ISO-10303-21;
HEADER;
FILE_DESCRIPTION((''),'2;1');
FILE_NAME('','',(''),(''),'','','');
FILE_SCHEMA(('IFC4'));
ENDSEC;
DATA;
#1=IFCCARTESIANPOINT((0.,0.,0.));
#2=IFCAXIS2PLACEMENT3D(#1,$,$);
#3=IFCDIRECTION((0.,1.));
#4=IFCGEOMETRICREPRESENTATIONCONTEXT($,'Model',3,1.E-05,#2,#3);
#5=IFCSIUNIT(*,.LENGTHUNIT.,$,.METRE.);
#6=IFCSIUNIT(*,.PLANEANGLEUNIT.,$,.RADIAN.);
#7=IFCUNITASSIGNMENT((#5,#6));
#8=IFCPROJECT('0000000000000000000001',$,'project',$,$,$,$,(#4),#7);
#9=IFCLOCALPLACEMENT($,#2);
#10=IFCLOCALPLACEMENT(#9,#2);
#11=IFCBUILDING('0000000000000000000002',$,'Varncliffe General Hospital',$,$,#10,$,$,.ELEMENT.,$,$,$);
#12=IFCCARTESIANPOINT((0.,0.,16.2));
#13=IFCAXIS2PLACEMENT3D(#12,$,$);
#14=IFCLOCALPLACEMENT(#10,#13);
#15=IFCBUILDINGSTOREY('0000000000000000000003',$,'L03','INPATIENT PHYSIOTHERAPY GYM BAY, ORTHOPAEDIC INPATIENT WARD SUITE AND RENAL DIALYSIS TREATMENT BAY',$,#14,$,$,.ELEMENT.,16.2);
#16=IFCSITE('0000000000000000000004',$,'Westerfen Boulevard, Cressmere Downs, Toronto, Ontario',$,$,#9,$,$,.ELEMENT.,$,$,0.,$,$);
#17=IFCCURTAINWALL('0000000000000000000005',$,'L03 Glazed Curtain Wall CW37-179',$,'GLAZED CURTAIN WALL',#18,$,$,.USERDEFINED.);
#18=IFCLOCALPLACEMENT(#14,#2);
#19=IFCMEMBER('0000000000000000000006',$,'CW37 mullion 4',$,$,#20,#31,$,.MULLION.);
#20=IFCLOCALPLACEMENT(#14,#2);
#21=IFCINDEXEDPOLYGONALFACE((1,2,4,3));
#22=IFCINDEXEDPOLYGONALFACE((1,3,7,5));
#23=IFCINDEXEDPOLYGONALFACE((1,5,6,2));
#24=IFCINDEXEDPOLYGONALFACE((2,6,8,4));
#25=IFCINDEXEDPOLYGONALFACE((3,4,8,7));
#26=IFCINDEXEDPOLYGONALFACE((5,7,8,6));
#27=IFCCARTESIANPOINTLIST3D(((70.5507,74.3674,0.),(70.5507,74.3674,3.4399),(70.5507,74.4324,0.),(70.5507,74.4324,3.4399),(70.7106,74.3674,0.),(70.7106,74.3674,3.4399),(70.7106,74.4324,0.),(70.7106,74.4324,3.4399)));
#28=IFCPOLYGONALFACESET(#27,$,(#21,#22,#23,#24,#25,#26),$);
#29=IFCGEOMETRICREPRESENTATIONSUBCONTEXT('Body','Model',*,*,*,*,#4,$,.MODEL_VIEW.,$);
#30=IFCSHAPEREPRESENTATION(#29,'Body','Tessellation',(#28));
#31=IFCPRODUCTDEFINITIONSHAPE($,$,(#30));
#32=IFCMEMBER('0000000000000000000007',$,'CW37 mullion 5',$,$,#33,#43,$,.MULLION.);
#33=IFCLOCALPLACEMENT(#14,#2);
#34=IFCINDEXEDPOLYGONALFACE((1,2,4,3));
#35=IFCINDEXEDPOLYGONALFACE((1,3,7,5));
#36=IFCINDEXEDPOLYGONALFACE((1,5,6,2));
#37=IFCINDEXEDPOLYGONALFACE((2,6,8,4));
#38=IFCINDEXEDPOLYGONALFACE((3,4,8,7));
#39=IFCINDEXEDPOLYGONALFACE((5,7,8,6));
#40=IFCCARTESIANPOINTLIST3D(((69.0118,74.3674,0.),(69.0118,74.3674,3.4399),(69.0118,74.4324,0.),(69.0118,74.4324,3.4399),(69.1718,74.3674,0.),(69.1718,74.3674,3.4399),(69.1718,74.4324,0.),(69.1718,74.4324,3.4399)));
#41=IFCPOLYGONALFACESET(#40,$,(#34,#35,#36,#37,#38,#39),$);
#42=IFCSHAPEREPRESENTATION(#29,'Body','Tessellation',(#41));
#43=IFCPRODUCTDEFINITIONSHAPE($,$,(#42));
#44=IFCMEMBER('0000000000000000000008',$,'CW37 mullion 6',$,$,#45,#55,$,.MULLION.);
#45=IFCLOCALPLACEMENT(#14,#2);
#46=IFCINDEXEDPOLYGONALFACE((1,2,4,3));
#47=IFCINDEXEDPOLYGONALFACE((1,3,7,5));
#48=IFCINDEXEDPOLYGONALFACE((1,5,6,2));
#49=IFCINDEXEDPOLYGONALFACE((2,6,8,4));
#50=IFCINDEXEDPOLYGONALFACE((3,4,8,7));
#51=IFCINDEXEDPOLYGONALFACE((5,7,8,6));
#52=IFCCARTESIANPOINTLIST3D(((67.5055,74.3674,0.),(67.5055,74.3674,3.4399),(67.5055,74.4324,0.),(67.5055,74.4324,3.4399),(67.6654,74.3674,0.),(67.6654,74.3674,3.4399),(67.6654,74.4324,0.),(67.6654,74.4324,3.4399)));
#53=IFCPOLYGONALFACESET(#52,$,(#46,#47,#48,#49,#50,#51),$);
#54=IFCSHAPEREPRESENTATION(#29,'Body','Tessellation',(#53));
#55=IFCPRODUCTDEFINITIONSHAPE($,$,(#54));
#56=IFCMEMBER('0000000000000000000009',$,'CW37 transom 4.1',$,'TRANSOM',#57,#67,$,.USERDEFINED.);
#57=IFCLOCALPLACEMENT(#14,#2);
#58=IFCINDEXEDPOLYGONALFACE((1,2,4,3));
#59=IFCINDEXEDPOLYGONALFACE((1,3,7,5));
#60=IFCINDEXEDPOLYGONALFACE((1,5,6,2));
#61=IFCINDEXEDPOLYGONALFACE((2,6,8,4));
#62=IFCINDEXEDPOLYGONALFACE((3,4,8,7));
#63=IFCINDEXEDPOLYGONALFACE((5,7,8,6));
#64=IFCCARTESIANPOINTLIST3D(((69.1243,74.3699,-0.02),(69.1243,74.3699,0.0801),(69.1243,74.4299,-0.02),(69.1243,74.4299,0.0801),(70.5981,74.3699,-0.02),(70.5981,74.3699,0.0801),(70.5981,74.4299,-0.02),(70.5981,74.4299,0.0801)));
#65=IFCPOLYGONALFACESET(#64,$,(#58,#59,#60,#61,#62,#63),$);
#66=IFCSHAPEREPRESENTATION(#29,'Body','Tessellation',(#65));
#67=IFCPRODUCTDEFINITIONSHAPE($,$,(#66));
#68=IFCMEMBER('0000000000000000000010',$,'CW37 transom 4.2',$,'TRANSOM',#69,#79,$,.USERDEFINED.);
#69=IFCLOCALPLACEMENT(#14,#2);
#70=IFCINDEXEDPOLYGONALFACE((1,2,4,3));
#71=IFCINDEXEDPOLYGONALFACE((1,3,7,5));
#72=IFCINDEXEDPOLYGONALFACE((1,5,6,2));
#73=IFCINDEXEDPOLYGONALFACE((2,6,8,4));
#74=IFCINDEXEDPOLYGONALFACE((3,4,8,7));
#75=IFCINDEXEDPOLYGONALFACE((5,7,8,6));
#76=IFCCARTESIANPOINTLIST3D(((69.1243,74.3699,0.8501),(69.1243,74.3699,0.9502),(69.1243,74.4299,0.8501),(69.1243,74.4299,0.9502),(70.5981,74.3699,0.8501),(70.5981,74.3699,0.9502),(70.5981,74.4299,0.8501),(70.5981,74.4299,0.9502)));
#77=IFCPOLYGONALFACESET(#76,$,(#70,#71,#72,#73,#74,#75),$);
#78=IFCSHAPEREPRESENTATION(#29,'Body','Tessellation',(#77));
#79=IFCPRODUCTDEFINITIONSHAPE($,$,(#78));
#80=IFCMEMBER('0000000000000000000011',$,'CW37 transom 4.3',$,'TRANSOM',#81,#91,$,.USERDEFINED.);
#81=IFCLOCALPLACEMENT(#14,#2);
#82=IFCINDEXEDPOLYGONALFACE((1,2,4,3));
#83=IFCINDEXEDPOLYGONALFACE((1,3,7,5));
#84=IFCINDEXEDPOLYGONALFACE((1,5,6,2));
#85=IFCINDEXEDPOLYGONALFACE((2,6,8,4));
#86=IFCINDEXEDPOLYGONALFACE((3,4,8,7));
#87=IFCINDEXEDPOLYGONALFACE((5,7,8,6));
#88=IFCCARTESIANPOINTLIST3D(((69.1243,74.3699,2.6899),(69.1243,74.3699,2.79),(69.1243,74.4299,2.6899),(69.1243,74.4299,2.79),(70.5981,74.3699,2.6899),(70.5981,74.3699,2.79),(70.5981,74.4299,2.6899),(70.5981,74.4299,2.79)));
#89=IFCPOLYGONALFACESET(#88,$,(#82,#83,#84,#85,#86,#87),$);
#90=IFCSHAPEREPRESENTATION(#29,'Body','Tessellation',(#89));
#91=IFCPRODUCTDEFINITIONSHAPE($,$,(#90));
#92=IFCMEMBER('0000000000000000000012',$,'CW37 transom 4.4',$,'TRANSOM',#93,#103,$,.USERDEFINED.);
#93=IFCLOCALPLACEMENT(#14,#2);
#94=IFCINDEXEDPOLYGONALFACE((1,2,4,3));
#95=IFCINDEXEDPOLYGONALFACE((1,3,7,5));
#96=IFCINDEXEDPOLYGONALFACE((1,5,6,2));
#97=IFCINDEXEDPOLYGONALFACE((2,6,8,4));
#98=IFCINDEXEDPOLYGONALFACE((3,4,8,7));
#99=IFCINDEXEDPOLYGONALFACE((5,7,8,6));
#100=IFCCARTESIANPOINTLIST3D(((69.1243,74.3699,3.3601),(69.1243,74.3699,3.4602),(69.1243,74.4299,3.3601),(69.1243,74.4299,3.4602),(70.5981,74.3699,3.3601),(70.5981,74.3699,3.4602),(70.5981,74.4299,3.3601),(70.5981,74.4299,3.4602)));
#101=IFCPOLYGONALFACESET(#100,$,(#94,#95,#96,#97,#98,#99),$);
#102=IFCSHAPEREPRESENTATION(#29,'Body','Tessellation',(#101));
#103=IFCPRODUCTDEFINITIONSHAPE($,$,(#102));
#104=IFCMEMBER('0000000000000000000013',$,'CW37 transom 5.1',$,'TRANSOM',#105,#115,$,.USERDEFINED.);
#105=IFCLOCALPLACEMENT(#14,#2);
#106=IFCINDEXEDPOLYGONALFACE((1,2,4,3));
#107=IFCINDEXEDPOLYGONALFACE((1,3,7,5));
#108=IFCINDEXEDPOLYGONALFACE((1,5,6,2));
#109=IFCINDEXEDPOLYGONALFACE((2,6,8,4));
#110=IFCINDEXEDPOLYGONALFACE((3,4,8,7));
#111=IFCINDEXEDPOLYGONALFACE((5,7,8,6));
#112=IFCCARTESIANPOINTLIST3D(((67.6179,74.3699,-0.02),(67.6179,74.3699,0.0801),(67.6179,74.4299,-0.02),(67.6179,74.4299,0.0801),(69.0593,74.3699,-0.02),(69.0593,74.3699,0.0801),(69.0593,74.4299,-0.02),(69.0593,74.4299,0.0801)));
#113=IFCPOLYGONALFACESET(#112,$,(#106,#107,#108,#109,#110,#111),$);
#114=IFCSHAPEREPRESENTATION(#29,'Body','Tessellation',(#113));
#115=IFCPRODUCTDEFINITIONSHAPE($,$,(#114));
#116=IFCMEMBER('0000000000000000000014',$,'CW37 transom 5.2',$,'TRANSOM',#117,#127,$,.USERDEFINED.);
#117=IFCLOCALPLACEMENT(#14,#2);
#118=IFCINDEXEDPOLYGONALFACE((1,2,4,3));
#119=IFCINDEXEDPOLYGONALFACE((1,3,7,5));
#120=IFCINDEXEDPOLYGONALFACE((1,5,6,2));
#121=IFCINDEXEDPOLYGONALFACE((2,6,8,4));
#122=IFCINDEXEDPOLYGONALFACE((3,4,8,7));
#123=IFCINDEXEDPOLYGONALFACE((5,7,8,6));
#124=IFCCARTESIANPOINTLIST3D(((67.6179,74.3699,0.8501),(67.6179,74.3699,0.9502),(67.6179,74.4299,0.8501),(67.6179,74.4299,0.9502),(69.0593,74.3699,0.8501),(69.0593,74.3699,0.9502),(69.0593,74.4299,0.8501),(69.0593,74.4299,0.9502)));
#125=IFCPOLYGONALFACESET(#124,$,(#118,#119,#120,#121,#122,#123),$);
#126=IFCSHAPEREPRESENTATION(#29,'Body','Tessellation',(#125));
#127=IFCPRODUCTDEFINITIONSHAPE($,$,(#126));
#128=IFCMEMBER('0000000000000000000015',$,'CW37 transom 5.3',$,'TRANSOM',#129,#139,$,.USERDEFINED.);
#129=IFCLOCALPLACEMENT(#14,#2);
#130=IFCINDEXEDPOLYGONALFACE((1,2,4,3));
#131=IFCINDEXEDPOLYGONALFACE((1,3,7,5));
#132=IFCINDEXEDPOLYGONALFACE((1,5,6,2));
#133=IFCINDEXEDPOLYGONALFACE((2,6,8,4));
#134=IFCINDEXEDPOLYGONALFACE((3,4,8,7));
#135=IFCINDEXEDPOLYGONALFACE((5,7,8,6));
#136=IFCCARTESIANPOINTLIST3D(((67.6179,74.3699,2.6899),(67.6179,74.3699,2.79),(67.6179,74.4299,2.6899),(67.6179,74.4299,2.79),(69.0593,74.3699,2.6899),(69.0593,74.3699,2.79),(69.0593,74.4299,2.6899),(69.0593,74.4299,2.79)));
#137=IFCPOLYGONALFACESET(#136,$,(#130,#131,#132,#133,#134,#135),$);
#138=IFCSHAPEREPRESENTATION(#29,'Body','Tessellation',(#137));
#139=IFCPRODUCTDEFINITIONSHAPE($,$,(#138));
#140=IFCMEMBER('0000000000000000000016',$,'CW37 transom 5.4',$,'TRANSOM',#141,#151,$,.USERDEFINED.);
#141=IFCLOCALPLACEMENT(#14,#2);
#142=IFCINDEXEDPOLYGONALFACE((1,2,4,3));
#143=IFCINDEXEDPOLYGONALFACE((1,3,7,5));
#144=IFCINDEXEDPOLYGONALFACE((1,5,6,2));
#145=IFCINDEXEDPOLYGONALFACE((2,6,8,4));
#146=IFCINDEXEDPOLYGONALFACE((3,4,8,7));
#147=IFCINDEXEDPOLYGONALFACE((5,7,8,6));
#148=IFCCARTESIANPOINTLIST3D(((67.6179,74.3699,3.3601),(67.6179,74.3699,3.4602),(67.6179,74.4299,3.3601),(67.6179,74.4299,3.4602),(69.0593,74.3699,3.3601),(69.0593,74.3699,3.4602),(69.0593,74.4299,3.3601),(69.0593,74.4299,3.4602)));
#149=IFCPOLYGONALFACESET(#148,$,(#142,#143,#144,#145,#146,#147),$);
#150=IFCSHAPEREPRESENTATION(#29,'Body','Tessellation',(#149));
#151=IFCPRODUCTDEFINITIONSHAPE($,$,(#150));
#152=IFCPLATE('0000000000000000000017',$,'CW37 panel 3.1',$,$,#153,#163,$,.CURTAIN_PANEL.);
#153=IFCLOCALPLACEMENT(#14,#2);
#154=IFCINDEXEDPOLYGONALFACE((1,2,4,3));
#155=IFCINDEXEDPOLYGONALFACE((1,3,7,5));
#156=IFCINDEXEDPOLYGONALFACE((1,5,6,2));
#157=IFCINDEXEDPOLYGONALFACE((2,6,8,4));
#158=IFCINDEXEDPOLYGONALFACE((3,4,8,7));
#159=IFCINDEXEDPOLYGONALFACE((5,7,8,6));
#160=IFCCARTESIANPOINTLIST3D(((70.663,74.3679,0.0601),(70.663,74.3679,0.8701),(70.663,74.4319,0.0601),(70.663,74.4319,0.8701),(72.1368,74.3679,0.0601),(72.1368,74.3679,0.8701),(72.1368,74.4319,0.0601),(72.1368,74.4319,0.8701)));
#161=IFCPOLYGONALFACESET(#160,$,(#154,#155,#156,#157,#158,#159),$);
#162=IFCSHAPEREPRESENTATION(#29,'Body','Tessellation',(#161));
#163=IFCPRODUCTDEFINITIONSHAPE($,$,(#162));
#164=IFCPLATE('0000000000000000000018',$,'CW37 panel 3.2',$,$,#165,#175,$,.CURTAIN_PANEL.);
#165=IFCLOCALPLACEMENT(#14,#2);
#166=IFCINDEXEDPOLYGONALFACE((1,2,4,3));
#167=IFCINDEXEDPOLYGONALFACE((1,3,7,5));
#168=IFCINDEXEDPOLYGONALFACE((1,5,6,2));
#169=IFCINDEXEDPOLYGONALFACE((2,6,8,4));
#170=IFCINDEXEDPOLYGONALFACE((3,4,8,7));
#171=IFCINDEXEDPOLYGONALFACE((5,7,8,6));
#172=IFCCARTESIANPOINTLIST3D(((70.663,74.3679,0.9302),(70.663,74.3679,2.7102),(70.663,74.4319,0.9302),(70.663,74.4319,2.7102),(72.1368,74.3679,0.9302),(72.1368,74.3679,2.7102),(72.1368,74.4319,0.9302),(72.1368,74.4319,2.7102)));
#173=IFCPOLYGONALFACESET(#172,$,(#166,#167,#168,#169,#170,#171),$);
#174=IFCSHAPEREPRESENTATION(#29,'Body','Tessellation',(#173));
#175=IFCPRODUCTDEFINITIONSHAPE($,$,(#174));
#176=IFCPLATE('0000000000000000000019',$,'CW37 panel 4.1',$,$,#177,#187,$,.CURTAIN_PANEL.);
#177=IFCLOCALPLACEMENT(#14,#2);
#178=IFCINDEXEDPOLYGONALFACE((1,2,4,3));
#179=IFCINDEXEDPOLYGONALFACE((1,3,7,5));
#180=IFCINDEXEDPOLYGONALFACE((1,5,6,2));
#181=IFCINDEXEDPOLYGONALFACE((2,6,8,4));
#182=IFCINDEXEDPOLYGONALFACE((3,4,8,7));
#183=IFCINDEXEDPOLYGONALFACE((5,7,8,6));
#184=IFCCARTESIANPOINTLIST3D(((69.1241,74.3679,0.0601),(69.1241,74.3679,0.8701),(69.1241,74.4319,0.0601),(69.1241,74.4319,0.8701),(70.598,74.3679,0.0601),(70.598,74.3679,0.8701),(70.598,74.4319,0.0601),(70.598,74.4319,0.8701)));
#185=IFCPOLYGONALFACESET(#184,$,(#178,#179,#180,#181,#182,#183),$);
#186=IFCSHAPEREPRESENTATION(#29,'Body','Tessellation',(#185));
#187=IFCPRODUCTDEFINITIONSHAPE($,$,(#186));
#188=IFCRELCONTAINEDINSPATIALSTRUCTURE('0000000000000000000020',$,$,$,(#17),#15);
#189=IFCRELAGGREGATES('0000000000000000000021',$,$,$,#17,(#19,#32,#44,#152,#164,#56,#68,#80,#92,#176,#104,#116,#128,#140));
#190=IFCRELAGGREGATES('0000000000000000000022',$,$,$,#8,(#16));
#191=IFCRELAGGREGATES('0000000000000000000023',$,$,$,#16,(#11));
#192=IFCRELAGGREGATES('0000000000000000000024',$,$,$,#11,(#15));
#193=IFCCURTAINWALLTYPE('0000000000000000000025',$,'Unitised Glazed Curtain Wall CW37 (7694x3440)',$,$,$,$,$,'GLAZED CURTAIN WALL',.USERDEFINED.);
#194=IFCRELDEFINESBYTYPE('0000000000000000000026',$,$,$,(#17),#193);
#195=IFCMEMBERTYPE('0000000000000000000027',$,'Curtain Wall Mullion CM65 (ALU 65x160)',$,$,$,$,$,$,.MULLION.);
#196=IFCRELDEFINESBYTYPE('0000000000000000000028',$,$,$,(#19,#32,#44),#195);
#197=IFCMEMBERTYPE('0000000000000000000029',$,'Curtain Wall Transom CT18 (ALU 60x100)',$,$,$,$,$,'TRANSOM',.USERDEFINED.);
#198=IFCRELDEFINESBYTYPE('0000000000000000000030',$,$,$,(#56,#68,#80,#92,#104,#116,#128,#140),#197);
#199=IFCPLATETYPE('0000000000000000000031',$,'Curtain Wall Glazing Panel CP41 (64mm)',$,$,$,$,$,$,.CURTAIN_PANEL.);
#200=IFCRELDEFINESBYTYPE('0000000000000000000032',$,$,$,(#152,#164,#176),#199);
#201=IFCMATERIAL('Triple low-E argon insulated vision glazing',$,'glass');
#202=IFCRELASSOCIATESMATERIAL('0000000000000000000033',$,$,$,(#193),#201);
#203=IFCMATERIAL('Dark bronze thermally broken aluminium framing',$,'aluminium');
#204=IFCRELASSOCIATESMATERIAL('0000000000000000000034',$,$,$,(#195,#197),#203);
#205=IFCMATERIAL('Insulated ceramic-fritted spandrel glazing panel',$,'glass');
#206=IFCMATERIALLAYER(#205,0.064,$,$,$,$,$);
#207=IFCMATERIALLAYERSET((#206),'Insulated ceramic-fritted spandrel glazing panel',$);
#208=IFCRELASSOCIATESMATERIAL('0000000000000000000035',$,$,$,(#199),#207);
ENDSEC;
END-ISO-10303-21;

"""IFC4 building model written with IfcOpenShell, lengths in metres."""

from ifc_helpers import new_model, si_unit, direction, frame, origin, origin_2d, place, context, subcontext, project, spatial, rectangle, extrude, material, layer, layer_set, material_profile, profile_set, type_object, element, aggregate, save


model = new_model("IFC4")

# Units and contexts
model_context = context("Model", 3, precision=1e-05, world=origin(), true_north=direction((0.0, 1.0)))
body_context = subcontext(model_context, "Body", "Model", "MODEL_VIEW")
ifc_project = project(units=[si_unit("LENGTHUNIT", "METRE"), si_unit("PLANEANGLEUNIT", "RADIAN")], contexts=[model_context])

# Site, building, storey
site_placement = place(None, origin())
site = spatial("IfcSite", under=ifc_project, at=site_placement, Name="Westerfen Boulevard, Cressmere Downs, Toronto, Ontario", CompositionType="ELEMENT", RefElevation=0.0)
building_placement = place(site_placement, origin())
building = spatial("IfcBuilding", under=site, at=building_placement, Name="Varncliffe General Hospital", CompositionType="ELEMENT")
storey_placement = place(building_placement, frame((0.0, 0.0, 16.2)))
storey = spatial("IfcBuildingStorey", under=building, at=storey_placement, Name="L03", Description="INPATIENT PHYSIOTHERAPY GYM BAY, ORTHOPAEDIC INPATIENT WARD SUITE AND RENAL DIALYSIS TREATMENT BAY", CompositionType="ELEMENT", Elevation=16.2)

# Curtain wall, members, plates
ifc_material_1 = material(Name="Triple low-E argon insulated vision glazing", Category="glass")
curtain_wall_type = type_object("IfcCurtainWallType", Name="Unitised Glazed Curtain Wall CW37 (7694x3440)", ElementType="GLAZED CURTAIN WALL", PredefinedType="USERDEFINED", material=ifc_material_1)
curtain_wall_placement = place(storey_placement, origin())
curtain_wall = element("IfcCurtainWall", 1, at=curtain_wall_placement, inside=storey, type_object=curtain_wall_type, Name="L03 Glazed Curtain Wall CW37-179", ObjectType="GLAZED CURTAIN WALL", PredefinedType="USERDEFINED")
ifc_material_2 = material(Name="Dark bronze thermally broken aluminium framing", Category="aluminium")
ifc_material_profile_1 = material_profile(ifc_material_2, rectangle(XDim=0.0649, YDim=0.1599, at=origin_2d()), Name="ALU 65x160")
ifc_profile_set_1 = profile_set([ifc_material_profile_1], Name="Dark bronze thermally broken aluminium framing")
member_type_1 = type_object("IfcMemberType", Name="Curtain Wall Mullion CM65 (ALU 65x160)", PredefinedType="MULLION", material=ifc_profile_set_1)
member_1_placement = place(storey_placement, frame((70.6306, 74.3999, 0.0), z_axis=(0.0, 0.0, 1.0), x_axis=(0.0, -1.0, 0.0)))
member_1 = element("IfcMember", 2, at=member_1_placement, type_object=member_type_1, Name="CW37 mullion 4", PredefinedType="MULLION", context=body_context, shape_type="SweptSolid", body=[
    extrude(rectangle(XDim=0.0649, YDim=0.1599, at=origin_2d()), origin(), (0.0, 0.0, 1.0), 3.4399),
])
member_2_placement = place(storey_placement, frame((69.0918, 74.3999, 0.0), z_axis=(0.0, 0.0, 1.0), x_axis=(0.0, -1.0, 0.0)))
member_2 = element("IfcMember", 3, at=member_2_placement, type_object=member_type_1, Name="CW37 mullion 5", PredefinedType="MULLION", context=body_context, shape_type="SweptSolid", body=[
    extrude(rectangle(XDim=0.0649, YDim=0.1599, at=origin_2d()), origin(), (0.0, 0.0, 1.0), 3.4399),
])
member_3_placement = place(storey_placement, frame((67.5854, 74.3999, 0.0), z_axis=(0.0, 0.0, 1.0), x_axis=(0.0, -1.0, 0.0)))
member_3 = element("IfcMember", 4, at=member_3_placement, type_object=member_type_1, Name="CW37 mullion 6", PredefinedType="MULLION", context=body_context, shape_type="SweptSolid", body=[
    extrude(rectangle(XDim=0.0649, YDim=0.1599, at=origin_2d()), origin(), (0.0, 0.0, 1.0), 3.4399),
])
ifc_material_profile_2 = material_profile(ifc_material_2, rectangle(XDim=0.0601, YDim=0.1001, at=origin_2d()), Name="ALU 60x100")
ifc_profile_set_2 = profile_set([ifc_material_profile_2], Name="Dark bronze thermally broken aluminium framing")
member_type_2 = type_object("IfcMemberType", Name="Curtain Wall Transom CT18 (ALU 60x100)", ElementType="TRANSOM", PredefinedType="USERDEFINED", material=ifc_profile_set_2)
member_4_placement = place(storey_placement, frame((70.5981, 74.3999, 0.03), z_axis=(-1.0, 0.0, 0.0), x_axis=(0.0, -1.0, 0.0)))
member_4 = element("IfcMember", 5, at=member_4_placement, type_object=member_type_2, Name="CW37 transom 4.1", ObjectType="TRANSOM", PredefinedType="USERDEFINED", context=body_context, shape_type="SweptSolid", body=[
    extrude(rectangle(XDim=0.0601, YDim=0.1001, at=origin_2d()), origin(), (0.0, 0.0, 1.0), 1.4739),
])
member_5_placement = place(storey_placement, frame((70.5981, 74.3999, 0.9001), z_axis=(-1.0, 0.0, 0.0), x_axis=(0.0, -1.0, 0.0)))
member_5 = element("IfcMember", 6, at=member_5_placement, type_object=member_type_2, Name="CW37 transom 4.2", ObjectType="TRANSOM", PredefinedType="USERDEFINED", context=body_context, shape_type="SweptSolid", body=[
    extrude(rectangle(XDim=0.0601, YDim=0.1001, at=origin_2d()), origin(), (0.0, 0.0, 1.0), 1.4739),
])
member_6_placement = place(storey_placement, frame((70.5981, 74.3999, 2.74), z_axis=(-1.0, 0.0, 0.0), x_axis=(0.0, -1.0, 0.0)))
member_6 = element("IfcMember", 7, at=member_6_placement, type_object=member_type_2, Name="CW37 transom 4.3", ObjectType="TRANSOM", PredefinedType="USERDEFINED", context=body_context, shape_type="SweptSolid", body=[
    extrude(rectangle(XDim=0.0601, YDim=0.1001, at=origin_2d()), origin(), (0.0, 0.0, 1.0), 1.4739),
])
member_7_placement = place(storey_placement, frame((70.5981, 74.3999, 3.4102), z_axis=(-1.0, 0.0, 0.0), x_axis=(0.0, -1.0, 0.0)))
member_7 = element("IfcMember", 8, at=member_7_placement, type_object=member_type_2, Name="CW37 transom 4.4", ObjectType="TRANSOM", PredefinedType="USERDEFINED", context=body_context, shape_type="SweptSolid", body=[
    extrude(rectangle(XDim=0.0601, YDim=0.1001, at=origin_2d()), origin(), (0.0, 0.0, 1.0), 1.4739),
])
member_8_placement = place(storey_placement, frame((69.0593, 74.3999, 0.03), z_axis=(-1.0, 0.0, 0.0), x_axis=(0.0, -1.0, 0.0)))
member_8 = element("IfcMember", 9, at=member_8_placement, type_object=member_type_2, Name="CW37 transom 5.1", ObjectType="TRANSOM", PredefinedType="USERDEFINED", context=body_context, shape_type="SweptSolid", body=[
    extrude(rectangle(XDim=0.0601, YDim=0.1001, at=origin_2d()), origin(), (0.0, 0.0, 1.0), 1.4414),
])
member_9_placement = place(storey_placement, frame((69.0593, 74.3999, 0.9001), z_axis=(-1.0, 0.0, 0.0), x_axis=(0.0, -1.0, 0.0)))
member_9 = element("IfcMember", 10, at=member_9_placement, type_object=member_type_2, Name="CW37 transom 5.2", ObjectType="TRANSOM", PredefinedType="USERDEFINED", context=body_context, shape_type="SweptSolid", body=[
    extrude(rectangle(XDim=0.0601, YDim=0.1001, at=origin_2d()), origin(), (0.0, 0.0, 1.0), 1.4414),
])
member_10_placement = place(storey_placement, frame((69.0593, 74.3999, 2.74), z_axis=(-1.0, 0.0, 0.0), x_axis=(0.0, -1.0, 0.0)))
member_10 = element("IfcMember", 11, at=member_10_placement, type_object=member_type_2, Name="CW37 transom 5.3", ObjectType="TRANSOM", PredefinedType="USERDEFINED", context=body_context, shape_type="SweptSolid", body=[
    extrude(rectangle(XDim=0.0601, YDim=0.1001, at=origin_2d()), origin(), (0.0, 0.0, 1.0), 1.4414),
])
member_11_placement = place(storey_placement, frame((69.0593, 74.3999, 3.4102), z_axis=(-1.0, 0.0, 0.0), x_axis=(0.0, -1.0, 0.0)))
member_11 = element("IfcMember", 12, at=member_11_placement, type_object=member_type_2, Name="CW37 transom 5.4", ObjectType="TRANSOM", PredefinedType="USERDEFINED", context=body_context, shape_type="SweptSolid", body=[
    extrude(rectangle(XDim=0.0601, YDim=0.1001, at=origin_2d()), origin(), (0.0, 0.0, 1.0), 1.4414),
])
ifc_material_3 = material(Name="Insulated ceramic-fritted spandrel glazing panel", Category="glass")
ifc_layer = layer(ifc_material_3, 0.064)
ifc_layer_set = layer_set([ifc_layer], Name="Insulated ceramic-fritted spandrel glazing panel")
plate_type = type_object("IfcPlateType", Name="Curtain Wall Glazing Panel CP41 (64mm)", PredefinedType="CURTAIN_PANEL", material=ifc_layer_set)
plate_1_placement = place(storey_placement, frame((71.3999, 74.3999, 0.0601), z_axis=(0.0, 0.0, 1.0), x_axis=(-1.0, 0.0, 0.0)))
plate_1 = element("IfcPlate", 13, at=plate_1_placement, type_object=plate_type, Name="CW37 panel 3.1", PredefinedType="CURTAIN_PANEL", context=body_context, shape_type="SweptSolid", body=[
    extrude(rectangle(XDim=1.4739, YDim=0.064, at=origin_2d()), origin(), (0.0, 0.0, 1.0), 0.8101),
])
plate_2_placement = place(storey_placement, frame((71.3999, 74.3999, 0.9302), z_axis=(0.0, 0.0, 1.0), x_axis=(-1.0, 0.0, 0.0)))
plate_2 = element("IfcPlate", 14, at=plate_2_placement, type_object=plate_type, Name="CW37 panel 3.2", PredefinedType="CURTAIN_PANEL", context=body_context, shape_type="SweptSolid", body=[
    extrude(rectangle(XDim=1.4739, YDim=0.064, at=origin_2d()), origin(), (0.0, 0.0, 1.0), 1.78),
])
plate_3_placement = place(storey_placement, frame((69.8611, 74.3999, 0.0601), z_axis=(0.0, 0.0, 1.0), x_axis=(-1.0, 0.0, 0.0)))
plate_3 = element("IfcPlate", 15, at=plate_3_placement, type_object=plate_type, Name="CW37 panel 4.1", PredefinedType="CURTAIN_PANEL", context=body_context, shape_type="SweptSolid", body=[
    extrude(rectangle(XDim=1.4739, YDim=0.064, at=origin_2d()), origin(), (0.0, 0.0, 1.0), 0.8101),
])
aggregate(curtain_wall, [member_1, member_2, member_3, plate_1, plate_2, member_4, member_5, member_6, member_7, plate_3, member_8, member_9, member_10, member_11])

save(model, "model.ifc")
